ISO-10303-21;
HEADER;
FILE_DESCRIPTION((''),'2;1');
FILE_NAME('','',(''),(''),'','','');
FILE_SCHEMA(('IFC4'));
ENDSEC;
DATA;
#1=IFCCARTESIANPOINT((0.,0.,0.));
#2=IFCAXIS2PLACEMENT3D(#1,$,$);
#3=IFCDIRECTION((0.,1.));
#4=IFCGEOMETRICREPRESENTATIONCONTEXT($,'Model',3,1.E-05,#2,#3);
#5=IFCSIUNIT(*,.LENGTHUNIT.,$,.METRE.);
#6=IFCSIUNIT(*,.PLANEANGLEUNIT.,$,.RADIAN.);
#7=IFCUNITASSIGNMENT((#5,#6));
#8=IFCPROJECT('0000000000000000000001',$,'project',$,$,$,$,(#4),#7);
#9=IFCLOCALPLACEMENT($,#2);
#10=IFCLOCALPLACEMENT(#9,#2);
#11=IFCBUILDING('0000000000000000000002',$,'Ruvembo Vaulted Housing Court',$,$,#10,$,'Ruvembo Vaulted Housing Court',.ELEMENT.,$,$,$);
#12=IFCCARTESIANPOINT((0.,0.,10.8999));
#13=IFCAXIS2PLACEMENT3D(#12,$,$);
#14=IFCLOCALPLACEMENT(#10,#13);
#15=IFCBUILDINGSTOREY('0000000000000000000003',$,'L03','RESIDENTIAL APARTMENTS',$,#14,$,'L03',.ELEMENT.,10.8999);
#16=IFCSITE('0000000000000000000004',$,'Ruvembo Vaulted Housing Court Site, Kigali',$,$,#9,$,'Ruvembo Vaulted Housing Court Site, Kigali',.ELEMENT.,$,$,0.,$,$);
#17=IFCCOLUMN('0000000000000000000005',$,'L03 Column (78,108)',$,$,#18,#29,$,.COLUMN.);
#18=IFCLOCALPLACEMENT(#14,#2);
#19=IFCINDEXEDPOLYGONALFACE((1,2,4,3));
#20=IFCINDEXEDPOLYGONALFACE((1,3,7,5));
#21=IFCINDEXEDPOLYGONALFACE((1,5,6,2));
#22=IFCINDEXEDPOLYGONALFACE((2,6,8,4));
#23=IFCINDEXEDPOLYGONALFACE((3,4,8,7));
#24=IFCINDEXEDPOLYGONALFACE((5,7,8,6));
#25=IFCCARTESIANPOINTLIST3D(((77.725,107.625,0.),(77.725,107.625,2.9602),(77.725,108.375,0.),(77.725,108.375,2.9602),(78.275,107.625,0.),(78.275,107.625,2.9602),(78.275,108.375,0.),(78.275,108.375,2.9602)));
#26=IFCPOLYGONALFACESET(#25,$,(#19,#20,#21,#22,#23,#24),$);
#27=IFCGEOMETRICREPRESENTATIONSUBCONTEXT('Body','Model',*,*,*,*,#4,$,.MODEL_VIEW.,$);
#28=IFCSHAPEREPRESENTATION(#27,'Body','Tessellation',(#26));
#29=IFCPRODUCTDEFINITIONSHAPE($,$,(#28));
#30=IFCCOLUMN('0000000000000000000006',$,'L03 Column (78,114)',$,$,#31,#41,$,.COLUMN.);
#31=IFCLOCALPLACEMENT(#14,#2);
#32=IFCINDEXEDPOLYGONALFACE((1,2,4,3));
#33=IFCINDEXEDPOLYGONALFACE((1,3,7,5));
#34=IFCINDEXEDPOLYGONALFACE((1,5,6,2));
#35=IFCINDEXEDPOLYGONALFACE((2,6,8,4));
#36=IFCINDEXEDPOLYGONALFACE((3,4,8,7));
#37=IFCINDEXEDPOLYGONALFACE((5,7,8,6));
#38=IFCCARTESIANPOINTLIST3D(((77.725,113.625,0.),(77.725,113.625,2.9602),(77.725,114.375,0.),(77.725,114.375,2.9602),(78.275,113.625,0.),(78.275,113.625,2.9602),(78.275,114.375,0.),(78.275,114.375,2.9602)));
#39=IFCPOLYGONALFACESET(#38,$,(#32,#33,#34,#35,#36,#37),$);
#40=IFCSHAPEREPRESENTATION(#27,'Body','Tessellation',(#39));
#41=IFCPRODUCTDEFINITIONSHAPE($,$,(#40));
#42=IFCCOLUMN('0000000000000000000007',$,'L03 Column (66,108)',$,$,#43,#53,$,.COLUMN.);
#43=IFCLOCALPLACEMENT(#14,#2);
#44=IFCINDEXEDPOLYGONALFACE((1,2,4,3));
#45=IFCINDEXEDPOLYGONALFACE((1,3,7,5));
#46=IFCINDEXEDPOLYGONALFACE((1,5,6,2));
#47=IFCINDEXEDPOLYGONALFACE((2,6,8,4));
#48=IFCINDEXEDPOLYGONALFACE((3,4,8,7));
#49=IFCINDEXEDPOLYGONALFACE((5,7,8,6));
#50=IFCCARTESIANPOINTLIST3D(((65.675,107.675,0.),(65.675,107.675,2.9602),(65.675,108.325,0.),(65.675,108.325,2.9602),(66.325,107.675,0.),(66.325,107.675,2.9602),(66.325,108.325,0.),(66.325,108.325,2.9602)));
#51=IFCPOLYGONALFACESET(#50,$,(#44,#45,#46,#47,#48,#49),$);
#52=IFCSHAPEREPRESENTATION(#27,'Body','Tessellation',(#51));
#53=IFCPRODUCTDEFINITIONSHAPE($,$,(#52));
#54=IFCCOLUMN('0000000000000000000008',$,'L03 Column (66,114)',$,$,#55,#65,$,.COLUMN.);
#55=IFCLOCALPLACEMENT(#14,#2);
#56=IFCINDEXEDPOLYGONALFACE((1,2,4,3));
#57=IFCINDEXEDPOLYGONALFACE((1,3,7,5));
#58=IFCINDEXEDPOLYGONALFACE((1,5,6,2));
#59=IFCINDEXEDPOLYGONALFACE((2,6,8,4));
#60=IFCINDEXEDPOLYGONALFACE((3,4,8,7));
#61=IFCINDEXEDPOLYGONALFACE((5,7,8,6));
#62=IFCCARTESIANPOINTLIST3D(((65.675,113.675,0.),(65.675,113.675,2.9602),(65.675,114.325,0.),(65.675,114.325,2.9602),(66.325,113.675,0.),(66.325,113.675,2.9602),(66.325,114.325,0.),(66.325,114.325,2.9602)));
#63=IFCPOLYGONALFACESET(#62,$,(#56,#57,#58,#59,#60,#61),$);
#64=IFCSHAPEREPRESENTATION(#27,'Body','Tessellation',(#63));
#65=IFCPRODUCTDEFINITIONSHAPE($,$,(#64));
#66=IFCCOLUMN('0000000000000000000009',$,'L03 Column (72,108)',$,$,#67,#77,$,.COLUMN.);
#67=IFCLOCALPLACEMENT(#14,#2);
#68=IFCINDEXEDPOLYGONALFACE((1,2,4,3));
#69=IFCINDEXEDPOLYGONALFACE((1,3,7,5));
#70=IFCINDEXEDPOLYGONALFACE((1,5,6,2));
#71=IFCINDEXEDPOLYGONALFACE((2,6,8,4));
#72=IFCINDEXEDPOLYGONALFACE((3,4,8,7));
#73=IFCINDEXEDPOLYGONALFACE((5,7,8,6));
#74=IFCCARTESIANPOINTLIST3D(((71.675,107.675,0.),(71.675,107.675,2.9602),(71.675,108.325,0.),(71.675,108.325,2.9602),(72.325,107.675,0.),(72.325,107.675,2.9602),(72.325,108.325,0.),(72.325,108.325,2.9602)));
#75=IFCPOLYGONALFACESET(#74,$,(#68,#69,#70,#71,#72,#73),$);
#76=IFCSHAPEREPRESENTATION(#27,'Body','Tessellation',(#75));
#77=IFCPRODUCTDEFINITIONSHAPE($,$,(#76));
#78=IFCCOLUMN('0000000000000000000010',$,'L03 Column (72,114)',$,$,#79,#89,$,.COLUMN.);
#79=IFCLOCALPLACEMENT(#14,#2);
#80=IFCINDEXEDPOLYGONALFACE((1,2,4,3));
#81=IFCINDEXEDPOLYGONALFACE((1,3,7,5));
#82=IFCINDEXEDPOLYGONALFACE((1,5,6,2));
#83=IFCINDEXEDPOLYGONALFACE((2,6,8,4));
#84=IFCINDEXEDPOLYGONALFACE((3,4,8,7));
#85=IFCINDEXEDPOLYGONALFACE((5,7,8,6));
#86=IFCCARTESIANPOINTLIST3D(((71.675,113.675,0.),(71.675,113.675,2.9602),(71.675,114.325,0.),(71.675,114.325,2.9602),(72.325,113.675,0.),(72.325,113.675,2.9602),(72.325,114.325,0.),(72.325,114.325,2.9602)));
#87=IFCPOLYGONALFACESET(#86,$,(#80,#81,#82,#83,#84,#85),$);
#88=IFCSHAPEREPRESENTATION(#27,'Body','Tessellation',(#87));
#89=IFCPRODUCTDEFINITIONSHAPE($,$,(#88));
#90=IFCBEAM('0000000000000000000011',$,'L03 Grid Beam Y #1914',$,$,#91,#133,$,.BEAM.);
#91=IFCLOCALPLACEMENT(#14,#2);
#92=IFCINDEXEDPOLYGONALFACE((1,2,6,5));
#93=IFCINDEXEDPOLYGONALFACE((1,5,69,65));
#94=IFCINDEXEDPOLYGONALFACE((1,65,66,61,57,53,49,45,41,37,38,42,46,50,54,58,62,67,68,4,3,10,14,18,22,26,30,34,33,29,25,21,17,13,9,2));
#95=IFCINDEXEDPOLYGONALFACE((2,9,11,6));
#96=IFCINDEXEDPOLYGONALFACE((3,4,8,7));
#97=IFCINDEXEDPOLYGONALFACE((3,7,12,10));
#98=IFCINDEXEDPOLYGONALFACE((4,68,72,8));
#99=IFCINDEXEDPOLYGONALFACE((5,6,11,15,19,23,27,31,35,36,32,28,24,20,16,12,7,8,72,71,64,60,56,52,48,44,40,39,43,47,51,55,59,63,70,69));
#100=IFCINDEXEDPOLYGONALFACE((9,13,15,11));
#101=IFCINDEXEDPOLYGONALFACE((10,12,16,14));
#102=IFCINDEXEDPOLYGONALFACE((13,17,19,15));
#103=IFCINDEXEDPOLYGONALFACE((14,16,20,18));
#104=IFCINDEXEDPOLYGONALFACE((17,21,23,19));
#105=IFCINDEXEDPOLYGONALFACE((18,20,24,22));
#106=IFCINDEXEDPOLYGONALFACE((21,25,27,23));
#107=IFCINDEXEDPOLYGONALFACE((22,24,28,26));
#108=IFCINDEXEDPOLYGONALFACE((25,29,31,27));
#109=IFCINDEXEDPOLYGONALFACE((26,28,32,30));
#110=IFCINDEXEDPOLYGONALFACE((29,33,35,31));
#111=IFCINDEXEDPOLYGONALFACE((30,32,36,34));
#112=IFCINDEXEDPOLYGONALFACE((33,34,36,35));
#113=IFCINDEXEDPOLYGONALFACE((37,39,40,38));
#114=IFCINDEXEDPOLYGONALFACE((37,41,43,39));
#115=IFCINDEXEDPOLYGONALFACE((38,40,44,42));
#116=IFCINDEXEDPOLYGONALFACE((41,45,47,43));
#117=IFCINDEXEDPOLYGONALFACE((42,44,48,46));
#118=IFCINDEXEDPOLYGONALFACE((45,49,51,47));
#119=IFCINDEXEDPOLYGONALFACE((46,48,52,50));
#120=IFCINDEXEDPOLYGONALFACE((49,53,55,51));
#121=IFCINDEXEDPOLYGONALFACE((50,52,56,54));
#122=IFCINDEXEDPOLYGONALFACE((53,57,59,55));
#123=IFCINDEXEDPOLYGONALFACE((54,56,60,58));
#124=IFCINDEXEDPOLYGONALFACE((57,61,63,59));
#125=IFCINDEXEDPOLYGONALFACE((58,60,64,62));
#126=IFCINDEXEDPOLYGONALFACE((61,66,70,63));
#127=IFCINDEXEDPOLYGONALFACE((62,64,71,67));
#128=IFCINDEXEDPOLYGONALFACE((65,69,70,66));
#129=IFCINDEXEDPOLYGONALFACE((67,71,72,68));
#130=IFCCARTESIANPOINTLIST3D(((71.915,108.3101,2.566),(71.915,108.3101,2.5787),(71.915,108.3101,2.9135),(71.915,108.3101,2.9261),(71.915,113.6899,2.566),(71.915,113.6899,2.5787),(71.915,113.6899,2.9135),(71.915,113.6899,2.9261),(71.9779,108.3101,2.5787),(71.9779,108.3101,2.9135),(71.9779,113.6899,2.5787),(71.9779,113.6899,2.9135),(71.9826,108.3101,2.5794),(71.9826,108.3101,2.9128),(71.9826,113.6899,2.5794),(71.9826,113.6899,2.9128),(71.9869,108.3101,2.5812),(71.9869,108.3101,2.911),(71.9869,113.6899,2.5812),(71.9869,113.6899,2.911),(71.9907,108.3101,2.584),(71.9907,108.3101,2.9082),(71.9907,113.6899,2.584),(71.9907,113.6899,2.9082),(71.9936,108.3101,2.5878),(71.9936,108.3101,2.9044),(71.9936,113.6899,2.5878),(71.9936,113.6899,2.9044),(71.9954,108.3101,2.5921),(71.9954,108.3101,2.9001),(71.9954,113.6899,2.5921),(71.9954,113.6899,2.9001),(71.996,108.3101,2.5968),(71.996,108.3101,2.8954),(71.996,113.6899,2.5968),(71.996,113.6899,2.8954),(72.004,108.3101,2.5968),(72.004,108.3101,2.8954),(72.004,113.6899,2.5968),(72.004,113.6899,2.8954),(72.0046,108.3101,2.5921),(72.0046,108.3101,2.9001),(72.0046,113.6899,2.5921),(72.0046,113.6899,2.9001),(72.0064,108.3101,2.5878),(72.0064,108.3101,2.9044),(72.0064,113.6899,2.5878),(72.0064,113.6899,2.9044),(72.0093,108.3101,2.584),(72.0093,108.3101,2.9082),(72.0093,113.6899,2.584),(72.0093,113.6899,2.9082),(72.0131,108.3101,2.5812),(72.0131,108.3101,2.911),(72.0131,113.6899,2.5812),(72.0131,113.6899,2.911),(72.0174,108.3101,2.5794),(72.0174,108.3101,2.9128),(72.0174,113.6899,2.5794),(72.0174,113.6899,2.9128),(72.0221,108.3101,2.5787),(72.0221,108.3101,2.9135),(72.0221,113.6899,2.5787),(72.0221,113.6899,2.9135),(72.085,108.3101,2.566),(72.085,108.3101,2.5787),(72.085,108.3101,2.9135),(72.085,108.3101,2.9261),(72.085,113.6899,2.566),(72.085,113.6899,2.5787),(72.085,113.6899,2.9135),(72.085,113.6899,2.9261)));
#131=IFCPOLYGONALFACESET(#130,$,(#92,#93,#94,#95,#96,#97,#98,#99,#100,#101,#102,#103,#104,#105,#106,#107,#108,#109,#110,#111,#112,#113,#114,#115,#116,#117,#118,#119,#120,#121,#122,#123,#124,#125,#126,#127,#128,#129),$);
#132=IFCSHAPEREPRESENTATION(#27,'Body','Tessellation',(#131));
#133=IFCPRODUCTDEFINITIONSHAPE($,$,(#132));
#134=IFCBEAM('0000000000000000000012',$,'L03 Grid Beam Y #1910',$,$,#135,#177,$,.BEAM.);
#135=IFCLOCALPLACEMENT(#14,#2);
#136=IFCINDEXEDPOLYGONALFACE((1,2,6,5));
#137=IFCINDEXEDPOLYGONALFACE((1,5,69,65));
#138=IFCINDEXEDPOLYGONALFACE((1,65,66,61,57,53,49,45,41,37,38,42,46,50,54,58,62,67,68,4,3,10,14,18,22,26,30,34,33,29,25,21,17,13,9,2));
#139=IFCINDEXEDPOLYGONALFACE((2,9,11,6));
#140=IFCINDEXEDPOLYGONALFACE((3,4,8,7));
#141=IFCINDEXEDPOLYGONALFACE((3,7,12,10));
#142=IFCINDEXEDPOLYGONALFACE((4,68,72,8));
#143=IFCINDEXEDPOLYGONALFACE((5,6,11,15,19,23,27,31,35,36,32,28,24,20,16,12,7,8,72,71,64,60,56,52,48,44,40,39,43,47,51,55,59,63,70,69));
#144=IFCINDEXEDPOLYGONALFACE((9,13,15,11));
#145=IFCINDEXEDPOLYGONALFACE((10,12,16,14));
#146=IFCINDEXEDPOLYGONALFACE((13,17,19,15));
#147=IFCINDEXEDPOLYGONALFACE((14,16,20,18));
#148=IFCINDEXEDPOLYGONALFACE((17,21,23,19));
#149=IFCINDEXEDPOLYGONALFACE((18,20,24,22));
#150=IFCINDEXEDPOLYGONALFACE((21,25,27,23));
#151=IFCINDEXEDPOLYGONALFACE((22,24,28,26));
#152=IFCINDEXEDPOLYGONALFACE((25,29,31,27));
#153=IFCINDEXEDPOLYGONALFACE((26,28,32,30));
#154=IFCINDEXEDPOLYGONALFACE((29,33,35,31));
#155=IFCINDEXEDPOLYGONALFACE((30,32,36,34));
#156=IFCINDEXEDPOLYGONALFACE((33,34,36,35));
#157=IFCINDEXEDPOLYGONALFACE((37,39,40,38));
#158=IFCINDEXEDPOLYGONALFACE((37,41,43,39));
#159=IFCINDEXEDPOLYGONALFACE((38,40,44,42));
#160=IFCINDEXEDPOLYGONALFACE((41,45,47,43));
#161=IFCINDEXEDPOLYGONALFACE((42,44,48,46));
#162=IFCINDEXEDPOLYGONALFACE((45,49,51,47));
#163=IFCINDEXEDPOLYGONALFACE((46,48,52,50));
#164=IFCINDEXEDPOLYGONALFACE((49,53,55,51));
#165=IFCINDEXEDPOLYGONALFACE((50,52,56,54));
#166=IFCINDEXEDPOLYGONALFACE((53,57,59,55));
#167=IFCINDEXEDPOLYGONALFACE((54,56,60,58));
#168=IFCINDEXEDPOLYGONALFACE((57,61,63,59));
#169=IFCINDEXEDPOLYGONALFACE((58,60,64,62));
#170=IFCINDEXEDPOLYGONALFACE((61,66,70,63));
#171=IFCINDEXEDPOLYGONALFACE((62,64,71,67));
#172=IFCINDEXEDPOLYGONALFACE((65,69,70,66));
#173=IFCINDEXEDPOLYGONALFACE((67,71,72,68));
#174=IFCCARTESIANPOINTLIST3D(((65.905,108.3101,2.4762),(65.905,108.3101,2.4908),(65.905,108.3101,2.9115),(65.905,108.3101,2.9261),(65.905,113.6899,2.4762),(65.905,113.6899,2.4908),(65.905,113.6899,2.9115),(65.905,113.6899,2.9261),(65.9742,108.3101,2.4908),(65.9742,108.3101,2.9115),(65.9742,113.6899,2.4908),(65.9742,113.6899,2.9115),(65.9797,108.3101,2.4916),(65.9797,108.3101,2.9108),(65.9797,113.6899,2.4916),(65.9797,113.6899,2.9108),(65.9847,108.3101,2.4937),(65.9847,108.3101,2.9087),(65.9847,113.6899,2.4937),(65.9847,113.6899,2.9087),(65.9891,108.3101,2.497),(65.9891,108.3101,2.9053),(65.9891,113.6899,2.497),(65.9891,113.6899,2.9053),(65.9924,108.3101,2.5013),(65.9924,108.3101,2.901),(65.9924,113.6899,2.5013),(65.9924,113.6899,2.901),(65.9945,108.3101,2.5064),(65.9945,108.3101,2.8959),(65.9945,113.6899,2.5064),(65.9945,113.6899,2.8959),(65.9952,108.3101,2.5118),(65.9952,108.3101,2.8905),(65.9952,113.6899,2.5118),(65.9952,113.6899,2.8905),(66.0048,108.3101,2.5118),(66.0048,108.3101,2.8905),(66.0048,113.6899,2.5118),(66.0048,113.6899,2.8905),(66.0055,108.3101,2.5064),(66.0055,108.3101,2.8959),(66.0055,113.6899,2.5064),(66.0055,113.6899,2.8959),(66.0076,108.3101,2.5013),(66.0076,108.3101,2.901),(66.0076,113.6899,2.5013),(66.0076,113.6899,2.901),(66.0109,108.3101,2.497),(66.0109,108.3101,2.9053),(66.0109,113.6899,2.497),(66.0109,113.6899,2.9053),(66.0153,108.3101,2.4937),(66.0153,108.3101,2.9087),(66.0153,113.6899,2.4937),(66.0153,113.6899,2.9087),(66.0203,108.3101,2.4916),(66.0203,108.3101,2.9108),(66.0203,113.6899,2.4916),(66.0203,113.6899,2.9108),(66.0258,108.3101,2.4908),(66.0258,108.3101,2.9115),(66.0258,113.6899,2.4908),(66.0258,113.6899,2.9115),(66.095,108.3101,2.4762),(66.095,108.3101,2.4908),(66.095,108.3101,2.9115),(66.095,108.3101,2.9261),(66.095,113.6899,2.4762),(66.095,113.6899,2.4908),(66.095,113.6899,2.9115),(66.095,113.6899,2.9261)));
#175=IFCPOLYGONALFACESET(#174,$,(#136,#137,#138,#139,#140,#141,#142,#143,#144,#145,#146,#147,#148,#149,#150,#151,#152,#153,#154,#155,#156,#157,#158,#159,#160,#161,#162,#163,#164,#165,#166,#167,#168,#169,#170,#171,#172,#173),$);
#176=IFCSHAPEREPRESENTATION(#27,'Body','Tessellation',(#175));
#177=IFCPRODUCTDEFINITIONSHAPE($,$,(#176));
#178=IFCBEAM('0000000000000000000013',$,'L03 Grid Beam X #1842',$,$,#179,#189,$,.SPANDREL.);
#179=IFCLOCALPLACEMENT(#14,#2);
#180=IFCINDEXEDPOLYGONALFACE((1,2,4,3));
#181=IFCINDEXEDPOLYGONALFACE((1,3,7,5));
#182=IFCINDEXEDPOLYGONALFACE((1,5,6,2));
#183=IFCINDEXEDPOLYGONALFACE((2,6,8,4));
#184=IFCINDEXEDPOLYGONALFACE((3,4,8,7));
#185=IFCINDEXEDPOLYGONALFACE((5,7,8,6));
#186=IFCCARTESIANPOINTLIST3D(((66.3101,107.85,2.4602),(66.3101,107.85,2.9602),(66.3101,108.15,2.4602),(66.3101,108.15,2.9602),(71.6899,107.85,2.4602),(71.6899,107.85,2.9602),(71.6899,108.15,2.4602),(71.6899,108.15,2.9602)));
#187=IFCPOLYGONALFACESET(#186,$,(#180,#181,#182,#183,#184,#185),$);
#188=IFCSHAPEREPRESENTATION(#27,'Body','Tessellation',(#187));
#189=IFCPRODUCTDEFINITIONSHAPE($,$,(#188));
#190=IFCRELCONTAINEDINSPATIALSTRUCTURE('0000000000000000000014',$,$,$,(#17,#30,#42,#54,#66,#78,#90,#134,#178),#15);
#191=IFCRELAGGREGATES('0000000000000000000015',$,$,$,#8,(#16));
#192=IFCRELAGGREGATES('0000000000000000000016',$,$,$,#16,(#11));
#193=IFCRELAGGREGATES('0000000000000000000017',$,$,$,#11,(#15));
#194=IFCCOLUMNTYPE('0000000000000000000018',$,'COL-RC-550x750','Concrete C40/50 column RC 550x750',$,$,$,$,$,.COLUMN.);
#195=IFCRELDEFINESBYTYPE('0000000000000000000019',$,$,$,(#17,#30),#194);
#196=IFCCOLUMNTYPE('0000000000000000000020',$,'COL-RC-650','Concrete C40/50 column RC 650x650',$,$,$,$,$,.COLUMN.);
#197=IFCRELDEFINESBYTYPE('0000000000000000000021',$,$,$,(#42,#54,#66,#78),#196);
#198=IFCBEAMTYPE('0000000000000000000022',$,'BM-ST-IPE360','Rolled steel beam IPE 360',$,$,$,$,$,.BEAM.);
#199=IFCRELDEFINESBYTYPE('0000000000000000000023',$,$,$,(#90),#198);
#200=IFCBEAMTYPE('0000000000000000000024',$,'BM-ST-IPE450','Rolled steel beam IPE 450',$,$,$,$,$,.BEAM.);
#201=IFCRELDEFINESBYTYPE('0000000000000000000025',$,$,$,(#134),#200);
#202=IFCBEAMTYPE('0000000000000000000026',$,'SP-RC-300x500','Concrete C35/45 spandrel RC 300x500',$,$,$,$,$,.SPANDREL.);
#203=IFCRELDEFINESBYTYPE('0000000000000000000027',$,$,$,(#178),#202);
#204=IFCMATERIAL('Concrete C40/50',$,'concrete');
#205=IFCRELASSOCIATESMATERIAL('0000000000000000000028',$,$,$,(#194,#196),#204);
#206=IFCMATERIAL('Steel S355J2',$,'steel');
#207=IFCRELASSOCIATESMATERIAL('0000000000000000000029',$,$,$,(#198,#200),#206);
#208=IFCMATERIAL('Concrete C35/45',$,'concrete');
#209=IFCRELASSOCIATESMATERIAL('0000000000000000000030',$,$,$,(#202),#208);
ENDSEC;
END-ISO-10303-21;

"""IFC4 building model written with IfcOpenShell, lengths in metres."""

from ifc_helpers import new_model, si_unit, direction, frame, origin, origin_2d, place, context, subcontext, project, spatial, rectangle, i_section, extrude, material, material_profile, profile_set, type_object, element, save


model = new_model("IFC4")

# Units and contexts
model_context = context("Model", 3, precision=1e-05, world=origin(), true_north=direction((0.0, 1.0)))
body_context = subcontext(model_context, "Body", "Model", "MODEL_VIEW")
ifc_project = project(units=[si_unit("LENGTHUNIT", "METRE"), si_unit("PLANEANGLEUNIT", "RADIAN")], contexts=[model_context])

# Site, building, storey
site_placement = place(None, origin())
site = spatial("IfcSite", under=ifc_project, at=site_placement, Name="Ruvembo Vaulted Housing Court Site, Kigali", LongName="Ruvembo Vaulted Housing Court Site, Kigali", CompositionType="ELEMENT", RefElevation=0.0)
building_placement = place(site_placement, origin())
building = spatial("IfcBuilding", under=site, at=building_placement, Name="Ruvembo Vaulted Housing Court", LongName="Ruvembo Vaulted Housing Court", CompositionType="ELEMENT")
storey_placement = place(building_placement, frame((0.0, 0.0, 10.8999)))
storey = spatial("IfcBuildingStorey", under=building, at=storey_placement, Name="L03", Description="RESIDENTIAL APARTMENTS", LongName="L03", CompositionType="ELEMENT", Elevation=10.8999)

# Columns
ifc_material_1 = material(Name="Concrete C40/50", Category="concrete")
ifc_material_profile_1 = material_profile(ifc_material_1, rectangle(XDim=0.55, YDim=0.75, at=origin_2d()), Name="RC 550x750")
ifc_profile_set_1 = profile_set([ifc_material_profile_1], Name="Concrete C40/50")
column_type_1 = type_object("IfcColumnType", Name="COL-RC-550x750", Description="Concrete C40/50 column RC 550x750", PredefinedType="COLUMN", material=ifc_profile_set_1)
for number, where, z_axis, x_axis, name in (
    (1, (78.0, 108.0, 0.0), (0.0, 0.0, 1.0), (1.0, 0.0, 0.0), "L03 Column (78,108)"),
    (2, (78.0, 114.0, 0.0), (0.0, 0.0, 1.0), (1.0, 0.0, 0.0), "L03 Column (78,114)"),
):
    element("IfcColumn", number, at=place(storey_placement, frame(where, z_axis=z_axis, x_axis=x_axis)), inside=storey, type_object=column_type_1, Name=name, PredefinedType="COLUMN", context=body_context, shape_type="SweptSolid", body=[
        extrude(rectangle(XDim=0.55, YDim=0.75, at=origin_2d()), origin(), (0.0, 0.0, 1.0), 2.9602),
    ])
ifc_material_profile_2 = material_profile(ifc_material_1, rectangle(XDim=0.6499, YDim=0.6499, at=origin_2d()), Name="RC 650x650")
ifc_profile_set_2 = profile_set([ifc_material_profile_2], Name="Concrete C40/50")
column_type_2 = type_object("IfcColumnType", Name="COL-RC-650", Description="Concrete C40/50 column RC 650x650", PredefinedType="COLUMN", material=ifc_profile_set_2)
for number, where, z_axis, x_axis, name in (
    (3, (66.0, 108.0, 0.0), (0.0, 0.0, 1.0), (1.0, 0.0, 0.0), "L03 Column (66,108)"),
    (4, (66.0, 114.0, 0.0), (0.0, 0.0, 1.0), (1.0, 0.0, 0.0), "L03 Column (66,114)"),
    (5, (72.0, 108.0, 0.0), (0.0, 0.0, 1.0), (1.0, 0.0, 0.0), "L03 Column (72,108)"),
    (6, (72.0, 114.0, 0.0), (0.0, 0.0, 1.0), (1.0, 0.0, 0.0), "L03 Column (72,114)"),
):
    element("IfcColumn", number, at=place(storey_placement, frame(where, z_axis=z_axis, x_axis=x_axis)), inside=storey, type_object=column_type_2, Name=name, PredefinedType="COLUMN", context=body_context, shape_type="SweptSolid", body=[
        extrude(rectangle(XDim=0.6499, YDim=0.6499, at=origin_2d()), origin(), (0.0, 0.0, 1.0), 2.9602),
    ])

# Beams
ifc_material_2 = material(Name="Steel S355J2", Category="steel")
ifc_material_profile_3 = material_profile(ifc_material_2, i_section(OverallWidth=0.1699, OverallDepth=0.3601, WebThickness=0.0081, FlangeThickness=0.0127, FilletRadius=0.0181, at=origin_2d()), Name="IPE 360")
ifc_profile_set_3 = profile_set([ifc_material_profile_3], Name="Steel S355J2")
beam_type_1 = type_object("IfcBeamType", Name="BM-ST-IPE360", Description="Rolled steel beam IPE 360", PredefinedType="BEAM", material=ifc_profile_set_3)
beam_1_placement = place(storey_placement, frame((72.0, 108.3101, 2.7461), z_axis=(0.0, 1.0, 0.0), x_axis=(-1.0, 0.0, 0.0)))
element("IfcBeam", 7, at=beam_1_placement, inside=storey, type_object=beam_type_1, Name="L03 Grid Beam Y #1914", PredefinedType="BEAM", context=body_context, shape_type="SweptSolid", body=[
    extrude(i_section(OverallWidth=0.1699, OverallDepth=0.3601, WebThickness=0.0081, FlangeThickness=0.0127, FilletRadius=0.0181, at=origin_2d()), origin(), (0.0, 0.0, 1.0), 5.3799),
])
ifc_material_profile_4 = material_profile(ifc_material_2, i_section(OverallWidth=0.1899, OverallDepth=0.45, WebThickness=0.0095, FlangeThickness=0.0146, FilletRadius=0.021, at=origin_2d()), Name="IPE 450")
ifc_profile_set_4 = profile_set([ifc_material_profile_4], Name="Steel S355J2")
beam_type_2 = type_object("IfcBeamType", Name="BM-ST-IPE450", Description="Rolled steel beam IPE 450", PredefinedType="BEAM", material=ifc_profile_set_4)
beam_2_placement = place(storey_placement, frame((66.0, 108.3101, 2.7012), z_axis=(0.0, 1.0, 0.0), x_axis=(-1.0, 0.0, 0.0)))
element("IfcBeam", 8, at=beam_2_placement, inside=storey, type_object=beam_type_2, Name="L03 Grid Beam Y #1910", PredefinedType="BEAM", context=body_context, shape_type="SweptSolid", body=[
    extrude(i_section(OverallWidth=0.1899, OverallDepth=0.45, WebThickness=0.0095, FlangeThickness=0.0146, FilletRadius=0.021, at=origin_2d()), origin(), (0.0, 0.0, 1.0), 5.3799),
])
ifc_material_3 = material(Name="Concrete C35/45", Category="concrete")
ifc_material_profile_5 = material_profile(ifc_material_3, rectangle(XDim=0.3, YDim=0.5, at=origin_2d()), Name="RC 300x500")
ifc_profile_set_5 = profile_set([ifc_material_profile_5], Name="Concrete C35/45")
beam_type_3 = type_object("IfcBeamType", Name="SP-RC-300x500", Description="Concrete C35/45 spandrel RC 300x500", PredefinedType="SPANDREL", material=ifc_profile_set_5)
beam_3_placement = place(storey_placement, frame((66.3101, 108.0, 2.7102), z_axis=(1.0, 0.0, 0.0), x_axis=(0.0, 1.0, 0.0)))
element("IfcBeam", 9, at=beam_3_placement, inside=storey, type_object=beam_type_3, Name="L03 Grid Beam X #1842", PredefinedType="SPANDREL", context=body_context, shape_type="SweptSolid", body=[
    extrude(rectangle(XDim=0.3, YDim=0.5, at=origin_2d()), origin(), (0.0, 0.0, 1.0), 5.3799),
])

save(model, "model.ifc")
